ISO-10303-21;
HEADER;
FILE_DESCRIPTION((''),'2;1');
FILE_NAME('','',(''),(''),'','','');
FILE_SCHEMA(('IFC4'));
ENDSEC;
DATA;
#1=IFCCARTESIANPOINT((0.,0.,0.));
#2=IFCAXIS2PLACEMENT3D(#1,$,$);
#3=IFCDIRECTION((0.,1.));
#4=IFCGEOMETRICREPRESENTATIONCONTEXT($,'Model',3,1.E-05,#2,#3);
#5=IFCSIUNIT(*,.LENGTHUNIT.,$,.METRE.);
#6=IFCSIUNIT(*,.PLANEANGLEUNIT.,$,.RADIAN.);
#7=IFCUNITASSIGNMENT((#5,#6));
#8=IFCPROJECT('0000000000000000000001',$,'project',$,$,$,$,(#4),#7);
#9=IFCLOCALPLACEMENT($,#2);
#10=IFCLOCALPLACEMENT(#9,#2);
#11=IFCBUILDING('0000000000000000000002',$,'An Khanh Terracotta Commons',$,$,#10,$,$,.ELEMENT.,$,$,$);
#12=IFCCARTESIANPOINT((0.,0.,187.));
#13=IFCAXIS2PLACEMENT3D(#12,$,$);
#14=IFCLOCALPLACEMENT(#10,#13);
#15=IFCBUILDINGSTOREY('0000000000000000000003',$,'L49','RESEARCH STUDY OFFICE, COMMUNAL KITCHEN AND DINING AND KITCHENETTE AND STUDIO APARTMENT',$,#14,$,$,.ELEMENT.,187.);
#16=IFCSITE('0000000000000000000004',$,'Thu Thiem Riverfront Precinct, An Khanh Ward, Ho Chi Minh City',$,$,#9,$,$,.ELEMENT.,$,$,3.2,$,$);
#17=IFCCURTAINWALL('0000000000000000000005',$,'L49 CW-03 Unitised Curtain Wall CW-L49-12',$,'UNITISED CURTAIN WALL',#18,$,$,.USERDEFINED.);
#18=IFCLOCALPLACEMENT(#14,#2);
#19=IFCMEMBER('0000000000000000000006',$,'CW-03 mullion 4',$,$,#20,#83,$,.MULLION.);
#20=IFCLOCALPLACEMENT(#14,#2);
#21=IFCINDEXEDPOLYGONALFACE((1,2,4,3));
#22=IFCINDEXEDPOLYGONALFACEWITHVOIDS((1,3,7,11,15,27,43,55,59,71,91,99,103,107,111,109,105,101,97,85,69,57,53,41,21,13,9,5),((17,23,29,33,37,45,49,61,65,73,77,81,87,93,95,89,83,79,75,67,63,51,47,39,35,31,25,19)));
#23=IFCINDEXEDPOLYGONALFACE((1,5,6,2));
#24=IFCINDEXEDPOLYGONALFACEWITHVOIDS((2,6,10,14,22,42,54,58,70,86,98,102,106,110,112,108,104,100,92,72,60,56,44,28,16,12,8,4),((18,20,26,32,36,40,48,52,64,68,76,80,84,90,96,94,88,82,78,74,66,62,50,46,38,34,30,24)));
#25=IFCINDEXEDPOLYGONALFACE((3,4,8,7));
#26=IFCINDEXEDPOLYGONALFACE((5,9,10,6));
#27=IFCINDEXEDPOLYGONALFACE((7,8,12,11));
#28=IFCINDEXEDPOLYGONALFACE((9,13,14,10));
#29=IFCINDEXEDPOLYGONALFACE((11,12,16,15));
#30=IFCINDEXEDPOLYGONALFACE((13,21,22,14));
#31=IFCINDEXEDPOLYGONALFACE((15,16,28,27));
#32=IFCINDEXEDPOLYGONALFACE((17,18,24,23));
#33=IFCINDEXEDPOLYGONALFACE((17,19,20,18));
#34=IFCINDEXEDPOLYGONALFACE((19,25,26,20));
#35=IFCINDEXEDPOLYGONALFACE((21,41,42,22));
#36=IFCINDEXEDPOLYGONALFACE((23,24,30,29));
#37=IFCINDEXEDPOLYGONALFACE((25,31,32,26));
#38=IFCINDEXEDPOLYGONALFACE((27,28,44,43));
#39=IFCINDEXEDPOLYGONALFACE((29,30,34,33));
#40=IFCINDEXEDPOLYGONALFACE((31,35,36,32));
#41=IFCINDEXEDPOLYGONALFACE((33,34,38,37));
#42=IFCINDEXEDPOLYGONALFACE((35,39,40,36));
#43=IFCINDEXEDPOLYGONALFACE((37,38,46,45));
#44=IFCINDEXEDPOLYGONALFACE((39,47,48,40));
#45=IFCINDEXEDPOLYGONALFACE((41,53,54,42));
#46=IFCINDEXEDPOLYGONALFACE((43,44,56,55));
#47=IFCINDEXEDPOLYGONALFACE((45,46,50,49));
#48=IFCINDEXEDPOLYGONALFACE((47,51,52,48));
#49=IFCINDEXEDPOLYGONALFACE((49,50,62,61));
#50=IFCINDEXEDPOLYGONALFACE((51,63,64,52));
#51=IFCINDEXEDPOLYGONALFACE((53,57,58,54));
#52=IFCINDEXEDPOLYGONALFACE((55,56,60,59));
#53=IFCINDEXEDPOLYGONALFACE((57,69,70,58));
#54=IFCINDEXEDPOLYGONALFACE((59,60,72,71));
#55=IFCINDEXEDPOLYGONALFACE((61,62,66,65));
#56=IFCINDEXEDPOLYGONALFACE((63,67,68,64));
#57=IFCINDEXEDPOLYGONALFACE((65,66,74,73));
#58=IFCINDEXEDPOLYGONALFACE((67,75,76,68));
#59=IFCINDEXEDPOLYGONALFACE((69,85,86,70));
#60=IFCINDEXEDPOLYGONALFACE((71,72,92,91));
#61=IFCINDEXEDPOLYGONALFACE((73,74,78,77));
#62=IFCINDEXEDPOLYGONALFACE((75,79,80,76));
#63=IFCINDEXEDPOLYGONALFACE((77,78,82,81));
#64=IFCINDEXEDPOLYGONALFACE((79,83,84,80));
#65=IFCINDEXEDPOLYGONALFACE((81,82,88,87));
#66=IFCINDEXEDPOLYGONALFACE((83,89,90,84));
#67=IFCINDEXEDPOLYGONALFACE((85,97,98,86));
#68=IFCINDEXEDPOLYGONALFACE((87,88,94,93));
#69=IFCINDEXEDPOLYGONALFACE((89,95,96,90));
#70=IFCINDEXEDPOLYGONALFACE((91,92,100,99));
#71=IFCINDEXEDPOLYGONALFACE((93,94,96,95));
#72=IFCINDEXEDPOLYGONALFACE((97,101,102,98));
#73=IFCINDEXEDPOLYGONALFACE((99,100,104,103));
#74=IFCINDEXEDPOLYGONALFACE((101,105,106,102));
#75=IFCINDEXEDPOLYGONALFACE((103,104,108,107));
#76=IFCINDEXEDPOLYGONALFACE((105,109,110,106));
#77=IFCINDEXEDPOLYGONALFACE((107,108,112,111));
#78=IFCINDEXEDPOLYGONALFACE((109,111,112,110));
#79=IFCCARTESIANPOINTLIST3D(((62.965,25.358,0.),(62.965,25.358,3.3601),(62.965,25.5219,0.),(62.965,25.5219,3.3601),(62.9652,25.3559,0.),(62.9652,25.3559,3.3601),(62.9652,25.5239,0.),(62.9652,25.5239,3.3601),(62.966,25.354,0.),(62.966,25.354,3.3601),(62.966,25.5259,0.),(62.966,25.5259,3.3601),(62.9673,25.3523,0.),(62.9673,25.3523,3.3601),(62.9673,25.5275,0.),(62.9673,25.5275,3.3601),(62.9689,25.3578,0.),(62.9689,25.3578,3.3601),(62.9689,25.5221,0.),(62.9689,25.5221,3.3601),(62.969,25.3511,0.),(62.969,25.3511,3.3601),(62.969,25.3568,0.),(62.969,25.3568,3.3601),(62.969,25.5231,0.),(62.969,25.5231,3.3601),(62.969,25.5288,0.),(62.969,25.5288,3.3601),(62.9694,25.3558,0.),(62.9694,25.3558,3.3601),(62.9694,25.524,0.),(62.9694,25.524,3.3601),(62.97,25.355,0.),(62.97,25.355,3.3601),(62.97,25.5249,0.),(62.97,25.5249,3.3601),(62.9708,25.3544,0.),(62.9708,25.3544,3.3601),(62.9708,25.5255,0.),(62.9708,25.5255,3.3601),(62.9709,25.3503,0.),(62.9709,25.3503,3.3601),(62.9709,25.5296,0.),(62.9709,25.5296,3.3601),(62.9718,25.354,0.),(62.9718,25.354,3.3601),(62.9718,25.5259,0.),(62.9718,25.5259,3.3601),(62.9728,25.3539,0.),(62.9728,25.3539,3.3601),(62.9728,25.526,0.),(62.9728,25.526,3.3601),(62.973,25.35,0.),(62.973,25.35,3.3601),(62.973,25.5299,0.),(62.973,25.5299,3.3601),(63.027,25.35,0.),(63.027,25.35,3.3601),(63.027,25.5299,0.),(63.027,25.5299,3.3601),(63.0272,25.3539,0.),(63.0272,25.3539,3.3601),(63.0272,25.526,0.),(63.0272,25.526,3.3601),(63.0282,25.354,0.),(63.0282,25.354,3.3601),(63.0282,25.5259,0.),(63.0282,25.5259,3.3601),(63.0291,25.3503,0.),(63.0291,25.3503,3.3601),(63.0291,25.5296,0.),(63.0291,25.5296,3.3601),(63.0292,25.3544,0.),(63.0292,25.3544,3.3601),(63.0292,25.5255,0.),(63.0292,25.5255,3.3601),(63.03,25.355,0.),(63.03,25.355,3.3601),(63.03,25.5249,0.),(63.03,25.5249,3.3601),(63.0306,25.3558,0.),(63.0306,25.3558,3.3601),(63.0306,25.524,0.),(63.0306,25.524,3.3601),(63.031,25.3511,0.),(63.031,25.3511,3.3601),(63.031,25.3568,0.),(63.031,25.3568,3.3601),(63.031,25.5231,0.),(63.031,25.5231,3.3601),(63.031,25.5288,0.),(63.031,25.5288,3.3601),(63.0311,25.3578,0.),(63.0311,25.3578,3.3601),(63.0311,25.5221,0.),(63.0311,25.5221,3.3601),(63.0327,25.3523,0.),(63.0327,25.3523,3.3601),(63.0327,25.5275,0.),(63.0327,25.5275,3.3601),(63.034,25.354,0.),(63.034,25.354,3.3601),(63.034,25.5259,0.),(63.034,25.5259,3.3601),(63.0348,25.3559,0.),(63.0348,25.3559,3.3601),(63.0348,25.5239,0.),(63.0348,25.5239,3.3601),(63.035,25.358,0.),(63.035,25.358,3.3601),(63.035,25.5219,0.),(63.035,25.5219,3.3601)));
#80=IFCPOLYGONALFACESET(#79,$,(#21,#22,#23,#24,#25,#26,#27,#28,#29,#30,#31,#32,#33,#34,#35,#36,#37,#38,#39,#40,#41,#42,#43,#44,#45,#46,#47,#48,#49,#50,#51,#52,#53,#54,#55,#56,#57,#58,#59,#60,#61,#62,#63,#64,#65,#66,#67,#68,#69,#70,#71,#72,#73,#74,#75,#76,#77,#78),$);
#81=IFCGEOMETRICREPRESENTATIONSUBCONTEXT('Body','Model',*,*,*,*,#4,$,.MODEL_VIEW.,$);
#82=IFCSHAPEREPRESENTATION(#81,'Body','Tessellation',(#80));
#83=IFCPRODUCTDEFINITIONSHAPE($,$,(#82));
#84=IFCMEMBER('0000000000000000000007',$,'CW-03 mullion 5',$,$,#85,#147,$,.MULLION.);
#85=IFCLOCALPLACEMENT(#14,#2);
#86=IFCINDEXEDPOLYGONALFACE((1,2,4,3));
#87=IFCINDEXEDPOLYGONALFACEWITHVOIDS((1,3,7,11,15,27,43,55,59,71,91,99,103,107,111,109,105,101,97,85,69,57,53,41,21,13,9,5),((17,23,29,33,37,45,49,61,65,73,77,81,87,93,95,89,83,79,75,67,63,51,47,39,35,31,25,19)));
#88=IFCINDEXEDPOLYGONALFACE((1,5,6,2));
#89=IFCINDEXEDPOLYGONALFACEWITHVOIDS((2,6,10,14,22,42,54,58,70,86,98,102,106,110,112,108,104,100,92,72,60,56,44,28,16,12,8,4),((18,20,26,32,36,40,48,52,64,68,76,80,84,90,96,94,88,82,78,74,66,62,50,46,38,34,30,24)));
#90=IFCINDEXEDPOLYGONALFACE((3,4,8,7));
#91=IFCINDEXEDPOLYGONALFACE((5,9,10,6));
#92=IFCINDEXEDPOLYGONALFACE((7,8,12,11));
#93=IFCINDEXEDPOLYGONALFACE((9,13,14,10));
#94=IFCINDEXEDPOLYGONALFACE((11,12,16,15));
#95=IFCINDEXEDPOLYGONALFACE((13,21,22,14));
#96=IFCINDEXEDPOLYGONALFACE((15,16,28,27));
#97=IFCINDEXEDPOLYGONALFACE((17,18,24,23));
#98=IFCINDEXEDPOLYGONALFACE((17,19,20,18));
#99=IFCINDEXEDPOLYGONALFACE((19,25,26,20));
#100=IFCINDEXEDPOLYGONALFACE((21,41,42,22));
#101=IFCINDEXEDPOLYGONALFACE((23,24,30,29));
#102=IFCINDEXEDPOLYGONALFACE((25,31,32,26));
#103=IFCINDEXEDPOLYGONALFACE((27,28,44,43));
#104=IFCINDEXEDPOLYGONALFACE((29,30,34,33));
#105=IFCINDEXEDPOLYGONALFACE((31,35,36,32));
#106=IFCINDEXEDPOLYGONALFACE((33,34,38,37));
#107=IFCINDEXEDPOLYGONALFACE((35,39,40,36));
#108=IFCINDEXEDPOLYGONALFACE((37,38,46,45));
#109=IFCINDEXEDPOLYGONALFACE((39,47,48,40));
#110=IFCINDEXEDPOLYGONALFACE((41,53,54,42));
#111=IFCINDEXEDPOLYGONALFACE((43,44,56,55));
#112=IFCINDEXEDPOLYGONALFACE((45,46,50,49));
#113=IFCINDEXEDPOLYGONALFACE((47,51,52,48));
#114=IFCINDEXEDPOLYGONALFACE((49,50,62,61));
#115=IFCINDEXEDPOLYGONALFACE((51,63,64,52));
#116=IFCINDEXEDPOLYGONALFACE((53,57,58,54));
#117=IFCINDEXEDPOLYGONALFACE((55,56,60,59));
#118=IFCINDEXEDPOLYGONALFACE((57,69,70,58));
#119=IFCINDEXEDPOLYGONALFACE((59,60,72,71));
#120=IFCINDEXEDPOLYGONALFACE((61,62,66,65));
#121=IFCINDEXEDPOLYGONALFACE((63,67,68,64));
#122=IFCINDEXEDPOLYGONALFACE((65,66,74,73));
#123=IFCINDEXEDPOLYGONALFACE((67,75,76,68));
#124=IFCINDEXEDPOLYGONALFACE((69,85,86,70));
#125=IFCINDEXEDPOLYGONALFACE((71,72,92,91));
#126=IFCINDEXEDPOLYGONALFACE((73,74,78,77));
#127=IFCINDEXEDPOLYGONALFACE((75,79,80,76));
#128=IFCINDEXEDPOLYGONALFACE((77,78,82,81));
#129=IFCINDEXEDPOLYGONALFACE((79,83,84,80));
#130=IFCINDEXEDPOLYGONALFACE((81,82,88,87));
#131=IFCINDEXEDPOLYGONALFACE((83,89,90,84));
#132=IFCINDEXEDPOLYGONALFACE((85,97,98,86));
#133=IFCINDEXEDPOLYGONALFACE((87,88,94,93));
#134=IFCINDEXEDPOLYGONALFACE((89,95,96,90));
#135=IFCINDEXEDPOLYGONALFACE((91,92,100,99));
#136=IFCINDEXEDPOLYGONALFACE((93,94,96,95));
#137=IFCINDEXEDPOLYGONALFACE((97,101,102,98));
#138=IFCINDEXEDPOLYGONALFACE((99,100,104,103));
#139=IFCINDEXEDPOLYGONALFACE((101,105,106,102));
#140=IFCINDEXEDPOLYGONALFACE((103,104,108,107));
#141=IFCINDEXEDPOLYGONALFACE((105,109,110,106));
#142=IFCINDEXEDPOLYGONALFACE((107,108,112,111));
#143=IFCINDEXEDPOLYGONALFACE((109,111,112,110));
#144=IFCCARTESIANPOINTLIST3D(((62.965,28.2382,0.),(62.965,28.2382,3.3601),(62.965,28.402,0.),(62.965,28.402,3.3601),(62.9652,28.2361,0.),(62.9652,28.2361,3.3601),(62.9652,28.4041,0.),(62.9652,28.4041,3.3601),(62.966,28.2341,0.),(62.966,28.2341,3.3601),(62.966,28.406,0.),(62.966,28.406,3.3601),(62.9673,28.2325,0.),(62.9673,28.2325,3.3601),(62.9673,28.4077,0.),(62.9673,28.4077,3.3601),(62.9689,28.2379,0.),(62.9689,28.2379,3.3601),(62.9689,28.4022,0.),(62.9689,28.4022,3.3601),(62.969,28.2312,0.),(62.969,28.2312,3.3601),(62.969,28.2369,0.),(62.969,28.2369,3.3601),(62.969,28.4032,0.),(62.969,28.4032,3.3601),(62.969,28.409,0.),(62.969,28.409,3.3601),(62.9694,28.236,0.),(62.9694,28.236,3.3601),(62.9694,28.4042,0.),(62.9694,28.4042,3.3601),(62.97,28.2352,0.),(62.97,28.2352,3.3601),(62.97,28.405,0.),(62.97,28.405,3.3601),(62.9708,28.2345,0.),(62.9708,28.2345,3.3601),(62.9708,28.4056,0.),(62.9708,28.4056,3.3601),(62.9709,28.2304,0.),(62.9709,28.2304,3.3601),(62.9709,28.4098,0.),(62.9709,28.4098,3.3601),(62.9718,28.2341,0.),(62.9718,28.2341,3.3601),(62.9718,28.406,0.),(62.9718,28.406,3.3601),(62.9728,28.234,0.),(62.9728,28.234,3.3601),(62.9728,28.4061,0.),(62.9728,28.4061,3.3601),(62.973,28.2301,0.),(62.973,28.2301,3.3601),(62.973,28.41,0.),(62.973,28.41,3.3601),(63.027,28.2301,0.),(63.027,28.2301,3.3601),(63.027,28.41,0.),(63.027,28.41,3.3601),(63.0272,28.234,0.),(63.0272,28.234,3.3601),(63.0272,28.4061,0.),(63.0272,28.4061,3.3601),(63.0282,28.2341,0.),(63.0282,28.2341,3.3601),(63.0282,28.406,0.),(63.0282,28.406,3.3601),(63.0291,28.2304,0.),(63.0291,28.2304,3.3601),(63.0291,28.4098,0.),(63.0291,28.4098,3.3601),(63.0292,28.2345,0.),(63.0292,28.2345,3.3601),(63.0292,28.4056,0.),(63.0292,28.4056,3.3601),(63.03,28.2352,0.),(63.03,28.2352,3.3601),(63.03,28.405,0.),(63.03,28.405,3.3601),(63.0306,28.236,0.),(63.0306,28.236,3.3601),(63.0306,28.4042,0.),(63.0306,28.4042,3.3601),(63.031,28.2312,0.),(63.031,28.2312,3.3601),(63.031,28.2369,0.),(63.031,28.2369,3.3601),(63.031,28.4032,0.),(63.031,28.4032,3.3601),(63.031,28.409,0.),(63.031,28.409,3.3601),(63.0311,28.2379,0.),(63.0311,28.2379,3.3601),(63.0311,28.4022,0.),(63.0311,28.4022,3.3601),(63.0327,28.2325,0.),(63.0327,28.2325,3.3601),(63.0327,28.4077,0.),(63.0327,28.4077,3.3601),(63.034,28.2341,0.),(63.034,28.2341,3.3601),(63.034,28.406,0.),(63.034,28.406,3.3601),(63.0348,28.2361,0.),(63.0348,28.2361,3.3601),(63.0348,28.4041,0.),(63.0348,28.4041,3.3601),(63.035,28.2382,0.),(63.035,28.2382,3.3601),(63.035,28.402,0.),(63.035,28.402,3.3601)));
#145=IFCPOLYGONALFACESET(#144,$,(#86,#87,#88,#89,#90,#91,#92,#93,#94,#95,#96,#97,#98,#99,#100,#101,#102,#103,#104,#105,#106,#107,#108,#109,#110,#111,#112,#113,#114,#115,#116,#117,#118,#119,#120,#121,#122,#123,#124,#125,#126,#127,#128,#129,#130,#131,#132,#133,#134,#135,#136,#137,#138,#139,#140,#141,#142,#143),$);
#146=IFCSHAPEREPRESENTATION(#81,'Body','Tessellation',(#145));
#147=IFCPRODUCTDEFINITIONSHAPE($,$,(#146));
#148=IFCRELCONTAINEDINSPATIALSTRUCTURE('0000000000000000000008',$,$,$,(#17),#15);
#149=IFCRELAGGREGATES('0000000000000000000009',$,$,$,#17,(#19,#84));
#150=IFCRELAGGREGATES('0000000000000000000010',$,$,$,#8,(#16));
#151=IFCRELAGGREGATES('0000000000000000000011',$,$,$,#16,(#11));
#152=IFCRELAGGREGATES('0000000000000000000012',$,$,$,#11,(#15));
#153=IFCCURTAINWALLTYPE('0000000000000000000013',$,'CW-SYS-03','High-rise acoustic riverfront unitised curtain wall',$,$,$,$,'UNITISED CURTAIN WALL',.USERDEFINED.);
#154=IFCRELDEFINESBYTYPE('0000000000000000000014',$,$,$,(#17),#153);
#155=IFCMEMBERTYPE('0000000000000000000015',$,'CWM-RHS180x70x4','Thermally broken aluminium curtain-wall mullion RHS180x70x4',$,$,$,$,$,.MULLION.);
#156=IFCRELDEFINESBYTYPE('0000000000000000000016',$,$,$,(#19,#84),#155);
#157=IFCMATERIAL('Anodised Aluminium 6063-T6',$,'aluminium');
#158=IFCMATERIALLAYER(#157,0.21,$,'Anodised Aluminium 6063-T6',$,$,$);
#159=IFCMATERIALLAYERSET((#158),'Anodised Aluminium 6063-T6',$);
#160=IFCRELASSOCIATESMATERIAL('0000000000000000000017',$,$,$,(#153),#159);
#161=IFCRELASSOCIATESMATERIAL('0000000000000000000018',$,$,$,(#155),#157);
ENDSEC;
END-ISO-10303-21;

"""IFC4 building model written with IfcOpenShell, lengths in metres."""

from ifc_helpers import new_model, si_unit, direction, frame, origin, origin_2d, place, context, subcontext, project, spatial, hollow_rectangle, extrude, material, layer, layer_set, material_profile, profile_set, type_object, element, aggregate, save


model = new_model("IFC4")

# Units and contexts
model_context = context("Model", 3, precision=1e-05, world=origin(), true_north=direction((0.0, 1.0)))
body_context = subcontext(model_context, "Body", "Model", "MODEL_VIEW")
ifc_project = project(units=[si_unit("LENGTHUNIT", "METRE"), si_unit("PLANEANGLEUNIT", "RADIAN")], contexts=[model_context])

# Site, building, storey
site_placement = place(None, origin())
site = spatial("IfcSite", under=ifc_project, at=site_placement, Name="Thu Thiem Riverfront Precinct, An Khanh Ward, Ho Chi Minh City", CompositionType="ELEMENT", RefElevation=3.2)
building_placement = place(site_placement, origin())
building = spatial("IfcBuilding", under=site, at=building_placement, Name="An Khanh Terracotta Commons", CompositionType="ELEMENT")
storey_placement = place(building_placement, frame((0.0, 0.0, 187.0)))
storey = spatial("IfcBuildingStorey", under=building, at=storey_placement, Name="L49", Description="RESEARCH STUDY OFFICE, COMMUNAL KITCHEN AND DINING AND KITCHENETTE AND STUDIO APARTMENT", CompositionType="ELEMENT", Elevation=187.0)

# Curtain wall, members
ifc_material_1 = material(Name="Anodised Aluminium 6063-T6", Category="aluminium")
ifc_layer_1 = layer(ifc_material_1, 0.21, Name="Anodised Aluminium 6063-T6")
ifc_layer_set_1 = layer_set([ifc_layer_1], Name="Anodised Aluminium 6063-T6")
curtain_wall_type = type_object("IfcCurtainWallType", Name="CW-SYS-03", Description="High-rise acoustic riverfront unitised curtain wall", ElementType="UNITISED CURTAIN WALL", PredefinedType="USERDEFINED", material=ifc_layer_set_1)
curtain_wall_1_placement = place(storey_placement, origin())
curtain_wall_1 = element("IfcCurtainWall", 1, at=curtain_wall_1_placement, inside=storey, type_object=curtain_wall_type, Name="L49 CW-03 Unitised Curtain Wall CW-L49-12", ObjectType="UNITISED CURTAIN WALL", PredefinedType="USERDEFINED")
ifc_material_profile_1 = material_profile(ifc_material_1, hollow_rectangle(XDim=0.0701, YDim=0.1799, WallThickness=0.0039, InnerFilletRadius=0.0039, OuterFilletRadius=0.0081, at=origin_2d()), Name="RHS180x70x4")
ifc_profile_set_1 = profile_set([ifc_material_profile_1], Name="Anodised Aluminium 6063-T6")
member_type_1 = type_object("IfcMemberType", Name="CWM-RHS180x70x4", Description="Thermally broken aluminium curtain-wall mullion RHS180x70x4", PredefinedType="MULLION", material=ifc_profile_set_1)
member_1_placement = place(storey_placement, frame((63.0, 25.4399, 0.0), z_axis=(0.0, 0.0, 1.0), x_axis=(-1.0, 0.0, 0.0)))
member_1 = element("IfcMember", 2, at=member_1_placement, type_object=member_type_1, Name="CW-03 mullion 4", PredefinedType="MULLION", context=body_context, shape_type="SweptSolid", body=[
    extrude(hollow_rectangle(XDim=0.0701, YDim=0.1799, WallThickness=0.0039, InnerFilletRadius=0.0039, OuterFilletRadius=0.0081, at=origin_2d()), origin(), (0.0, 0.0, 1.0), 3.3601),
])
member_2_placement = place(storey_placement, frame((63.0, 28.3201, 0.0), z_axis=(0.0, 0.0, 1.0), x_axis=(-1.0, 0.0, 0.0)))
member_2 = element("IfcMember", 3, at=member_2_placement, type_object=member_type_1, Name="CW-03 mullion 5", PredefinedType="MULLION", context=body_context, shape_type="SweptSolid", body=[
    extrude(hollow_rectangle(XDim=0.0701, YDim=0.1799, WallThickness=0.0039, InnerFilletRadius=0.0039, OuterFilletRadius=0.0081, at=origin_2d()), origin(), (0.0, 0.0, 1.0), 3.3601),
])

aggregate(curtain_wall_1, [member_1, member_2])

save(model, "model.ifc")
